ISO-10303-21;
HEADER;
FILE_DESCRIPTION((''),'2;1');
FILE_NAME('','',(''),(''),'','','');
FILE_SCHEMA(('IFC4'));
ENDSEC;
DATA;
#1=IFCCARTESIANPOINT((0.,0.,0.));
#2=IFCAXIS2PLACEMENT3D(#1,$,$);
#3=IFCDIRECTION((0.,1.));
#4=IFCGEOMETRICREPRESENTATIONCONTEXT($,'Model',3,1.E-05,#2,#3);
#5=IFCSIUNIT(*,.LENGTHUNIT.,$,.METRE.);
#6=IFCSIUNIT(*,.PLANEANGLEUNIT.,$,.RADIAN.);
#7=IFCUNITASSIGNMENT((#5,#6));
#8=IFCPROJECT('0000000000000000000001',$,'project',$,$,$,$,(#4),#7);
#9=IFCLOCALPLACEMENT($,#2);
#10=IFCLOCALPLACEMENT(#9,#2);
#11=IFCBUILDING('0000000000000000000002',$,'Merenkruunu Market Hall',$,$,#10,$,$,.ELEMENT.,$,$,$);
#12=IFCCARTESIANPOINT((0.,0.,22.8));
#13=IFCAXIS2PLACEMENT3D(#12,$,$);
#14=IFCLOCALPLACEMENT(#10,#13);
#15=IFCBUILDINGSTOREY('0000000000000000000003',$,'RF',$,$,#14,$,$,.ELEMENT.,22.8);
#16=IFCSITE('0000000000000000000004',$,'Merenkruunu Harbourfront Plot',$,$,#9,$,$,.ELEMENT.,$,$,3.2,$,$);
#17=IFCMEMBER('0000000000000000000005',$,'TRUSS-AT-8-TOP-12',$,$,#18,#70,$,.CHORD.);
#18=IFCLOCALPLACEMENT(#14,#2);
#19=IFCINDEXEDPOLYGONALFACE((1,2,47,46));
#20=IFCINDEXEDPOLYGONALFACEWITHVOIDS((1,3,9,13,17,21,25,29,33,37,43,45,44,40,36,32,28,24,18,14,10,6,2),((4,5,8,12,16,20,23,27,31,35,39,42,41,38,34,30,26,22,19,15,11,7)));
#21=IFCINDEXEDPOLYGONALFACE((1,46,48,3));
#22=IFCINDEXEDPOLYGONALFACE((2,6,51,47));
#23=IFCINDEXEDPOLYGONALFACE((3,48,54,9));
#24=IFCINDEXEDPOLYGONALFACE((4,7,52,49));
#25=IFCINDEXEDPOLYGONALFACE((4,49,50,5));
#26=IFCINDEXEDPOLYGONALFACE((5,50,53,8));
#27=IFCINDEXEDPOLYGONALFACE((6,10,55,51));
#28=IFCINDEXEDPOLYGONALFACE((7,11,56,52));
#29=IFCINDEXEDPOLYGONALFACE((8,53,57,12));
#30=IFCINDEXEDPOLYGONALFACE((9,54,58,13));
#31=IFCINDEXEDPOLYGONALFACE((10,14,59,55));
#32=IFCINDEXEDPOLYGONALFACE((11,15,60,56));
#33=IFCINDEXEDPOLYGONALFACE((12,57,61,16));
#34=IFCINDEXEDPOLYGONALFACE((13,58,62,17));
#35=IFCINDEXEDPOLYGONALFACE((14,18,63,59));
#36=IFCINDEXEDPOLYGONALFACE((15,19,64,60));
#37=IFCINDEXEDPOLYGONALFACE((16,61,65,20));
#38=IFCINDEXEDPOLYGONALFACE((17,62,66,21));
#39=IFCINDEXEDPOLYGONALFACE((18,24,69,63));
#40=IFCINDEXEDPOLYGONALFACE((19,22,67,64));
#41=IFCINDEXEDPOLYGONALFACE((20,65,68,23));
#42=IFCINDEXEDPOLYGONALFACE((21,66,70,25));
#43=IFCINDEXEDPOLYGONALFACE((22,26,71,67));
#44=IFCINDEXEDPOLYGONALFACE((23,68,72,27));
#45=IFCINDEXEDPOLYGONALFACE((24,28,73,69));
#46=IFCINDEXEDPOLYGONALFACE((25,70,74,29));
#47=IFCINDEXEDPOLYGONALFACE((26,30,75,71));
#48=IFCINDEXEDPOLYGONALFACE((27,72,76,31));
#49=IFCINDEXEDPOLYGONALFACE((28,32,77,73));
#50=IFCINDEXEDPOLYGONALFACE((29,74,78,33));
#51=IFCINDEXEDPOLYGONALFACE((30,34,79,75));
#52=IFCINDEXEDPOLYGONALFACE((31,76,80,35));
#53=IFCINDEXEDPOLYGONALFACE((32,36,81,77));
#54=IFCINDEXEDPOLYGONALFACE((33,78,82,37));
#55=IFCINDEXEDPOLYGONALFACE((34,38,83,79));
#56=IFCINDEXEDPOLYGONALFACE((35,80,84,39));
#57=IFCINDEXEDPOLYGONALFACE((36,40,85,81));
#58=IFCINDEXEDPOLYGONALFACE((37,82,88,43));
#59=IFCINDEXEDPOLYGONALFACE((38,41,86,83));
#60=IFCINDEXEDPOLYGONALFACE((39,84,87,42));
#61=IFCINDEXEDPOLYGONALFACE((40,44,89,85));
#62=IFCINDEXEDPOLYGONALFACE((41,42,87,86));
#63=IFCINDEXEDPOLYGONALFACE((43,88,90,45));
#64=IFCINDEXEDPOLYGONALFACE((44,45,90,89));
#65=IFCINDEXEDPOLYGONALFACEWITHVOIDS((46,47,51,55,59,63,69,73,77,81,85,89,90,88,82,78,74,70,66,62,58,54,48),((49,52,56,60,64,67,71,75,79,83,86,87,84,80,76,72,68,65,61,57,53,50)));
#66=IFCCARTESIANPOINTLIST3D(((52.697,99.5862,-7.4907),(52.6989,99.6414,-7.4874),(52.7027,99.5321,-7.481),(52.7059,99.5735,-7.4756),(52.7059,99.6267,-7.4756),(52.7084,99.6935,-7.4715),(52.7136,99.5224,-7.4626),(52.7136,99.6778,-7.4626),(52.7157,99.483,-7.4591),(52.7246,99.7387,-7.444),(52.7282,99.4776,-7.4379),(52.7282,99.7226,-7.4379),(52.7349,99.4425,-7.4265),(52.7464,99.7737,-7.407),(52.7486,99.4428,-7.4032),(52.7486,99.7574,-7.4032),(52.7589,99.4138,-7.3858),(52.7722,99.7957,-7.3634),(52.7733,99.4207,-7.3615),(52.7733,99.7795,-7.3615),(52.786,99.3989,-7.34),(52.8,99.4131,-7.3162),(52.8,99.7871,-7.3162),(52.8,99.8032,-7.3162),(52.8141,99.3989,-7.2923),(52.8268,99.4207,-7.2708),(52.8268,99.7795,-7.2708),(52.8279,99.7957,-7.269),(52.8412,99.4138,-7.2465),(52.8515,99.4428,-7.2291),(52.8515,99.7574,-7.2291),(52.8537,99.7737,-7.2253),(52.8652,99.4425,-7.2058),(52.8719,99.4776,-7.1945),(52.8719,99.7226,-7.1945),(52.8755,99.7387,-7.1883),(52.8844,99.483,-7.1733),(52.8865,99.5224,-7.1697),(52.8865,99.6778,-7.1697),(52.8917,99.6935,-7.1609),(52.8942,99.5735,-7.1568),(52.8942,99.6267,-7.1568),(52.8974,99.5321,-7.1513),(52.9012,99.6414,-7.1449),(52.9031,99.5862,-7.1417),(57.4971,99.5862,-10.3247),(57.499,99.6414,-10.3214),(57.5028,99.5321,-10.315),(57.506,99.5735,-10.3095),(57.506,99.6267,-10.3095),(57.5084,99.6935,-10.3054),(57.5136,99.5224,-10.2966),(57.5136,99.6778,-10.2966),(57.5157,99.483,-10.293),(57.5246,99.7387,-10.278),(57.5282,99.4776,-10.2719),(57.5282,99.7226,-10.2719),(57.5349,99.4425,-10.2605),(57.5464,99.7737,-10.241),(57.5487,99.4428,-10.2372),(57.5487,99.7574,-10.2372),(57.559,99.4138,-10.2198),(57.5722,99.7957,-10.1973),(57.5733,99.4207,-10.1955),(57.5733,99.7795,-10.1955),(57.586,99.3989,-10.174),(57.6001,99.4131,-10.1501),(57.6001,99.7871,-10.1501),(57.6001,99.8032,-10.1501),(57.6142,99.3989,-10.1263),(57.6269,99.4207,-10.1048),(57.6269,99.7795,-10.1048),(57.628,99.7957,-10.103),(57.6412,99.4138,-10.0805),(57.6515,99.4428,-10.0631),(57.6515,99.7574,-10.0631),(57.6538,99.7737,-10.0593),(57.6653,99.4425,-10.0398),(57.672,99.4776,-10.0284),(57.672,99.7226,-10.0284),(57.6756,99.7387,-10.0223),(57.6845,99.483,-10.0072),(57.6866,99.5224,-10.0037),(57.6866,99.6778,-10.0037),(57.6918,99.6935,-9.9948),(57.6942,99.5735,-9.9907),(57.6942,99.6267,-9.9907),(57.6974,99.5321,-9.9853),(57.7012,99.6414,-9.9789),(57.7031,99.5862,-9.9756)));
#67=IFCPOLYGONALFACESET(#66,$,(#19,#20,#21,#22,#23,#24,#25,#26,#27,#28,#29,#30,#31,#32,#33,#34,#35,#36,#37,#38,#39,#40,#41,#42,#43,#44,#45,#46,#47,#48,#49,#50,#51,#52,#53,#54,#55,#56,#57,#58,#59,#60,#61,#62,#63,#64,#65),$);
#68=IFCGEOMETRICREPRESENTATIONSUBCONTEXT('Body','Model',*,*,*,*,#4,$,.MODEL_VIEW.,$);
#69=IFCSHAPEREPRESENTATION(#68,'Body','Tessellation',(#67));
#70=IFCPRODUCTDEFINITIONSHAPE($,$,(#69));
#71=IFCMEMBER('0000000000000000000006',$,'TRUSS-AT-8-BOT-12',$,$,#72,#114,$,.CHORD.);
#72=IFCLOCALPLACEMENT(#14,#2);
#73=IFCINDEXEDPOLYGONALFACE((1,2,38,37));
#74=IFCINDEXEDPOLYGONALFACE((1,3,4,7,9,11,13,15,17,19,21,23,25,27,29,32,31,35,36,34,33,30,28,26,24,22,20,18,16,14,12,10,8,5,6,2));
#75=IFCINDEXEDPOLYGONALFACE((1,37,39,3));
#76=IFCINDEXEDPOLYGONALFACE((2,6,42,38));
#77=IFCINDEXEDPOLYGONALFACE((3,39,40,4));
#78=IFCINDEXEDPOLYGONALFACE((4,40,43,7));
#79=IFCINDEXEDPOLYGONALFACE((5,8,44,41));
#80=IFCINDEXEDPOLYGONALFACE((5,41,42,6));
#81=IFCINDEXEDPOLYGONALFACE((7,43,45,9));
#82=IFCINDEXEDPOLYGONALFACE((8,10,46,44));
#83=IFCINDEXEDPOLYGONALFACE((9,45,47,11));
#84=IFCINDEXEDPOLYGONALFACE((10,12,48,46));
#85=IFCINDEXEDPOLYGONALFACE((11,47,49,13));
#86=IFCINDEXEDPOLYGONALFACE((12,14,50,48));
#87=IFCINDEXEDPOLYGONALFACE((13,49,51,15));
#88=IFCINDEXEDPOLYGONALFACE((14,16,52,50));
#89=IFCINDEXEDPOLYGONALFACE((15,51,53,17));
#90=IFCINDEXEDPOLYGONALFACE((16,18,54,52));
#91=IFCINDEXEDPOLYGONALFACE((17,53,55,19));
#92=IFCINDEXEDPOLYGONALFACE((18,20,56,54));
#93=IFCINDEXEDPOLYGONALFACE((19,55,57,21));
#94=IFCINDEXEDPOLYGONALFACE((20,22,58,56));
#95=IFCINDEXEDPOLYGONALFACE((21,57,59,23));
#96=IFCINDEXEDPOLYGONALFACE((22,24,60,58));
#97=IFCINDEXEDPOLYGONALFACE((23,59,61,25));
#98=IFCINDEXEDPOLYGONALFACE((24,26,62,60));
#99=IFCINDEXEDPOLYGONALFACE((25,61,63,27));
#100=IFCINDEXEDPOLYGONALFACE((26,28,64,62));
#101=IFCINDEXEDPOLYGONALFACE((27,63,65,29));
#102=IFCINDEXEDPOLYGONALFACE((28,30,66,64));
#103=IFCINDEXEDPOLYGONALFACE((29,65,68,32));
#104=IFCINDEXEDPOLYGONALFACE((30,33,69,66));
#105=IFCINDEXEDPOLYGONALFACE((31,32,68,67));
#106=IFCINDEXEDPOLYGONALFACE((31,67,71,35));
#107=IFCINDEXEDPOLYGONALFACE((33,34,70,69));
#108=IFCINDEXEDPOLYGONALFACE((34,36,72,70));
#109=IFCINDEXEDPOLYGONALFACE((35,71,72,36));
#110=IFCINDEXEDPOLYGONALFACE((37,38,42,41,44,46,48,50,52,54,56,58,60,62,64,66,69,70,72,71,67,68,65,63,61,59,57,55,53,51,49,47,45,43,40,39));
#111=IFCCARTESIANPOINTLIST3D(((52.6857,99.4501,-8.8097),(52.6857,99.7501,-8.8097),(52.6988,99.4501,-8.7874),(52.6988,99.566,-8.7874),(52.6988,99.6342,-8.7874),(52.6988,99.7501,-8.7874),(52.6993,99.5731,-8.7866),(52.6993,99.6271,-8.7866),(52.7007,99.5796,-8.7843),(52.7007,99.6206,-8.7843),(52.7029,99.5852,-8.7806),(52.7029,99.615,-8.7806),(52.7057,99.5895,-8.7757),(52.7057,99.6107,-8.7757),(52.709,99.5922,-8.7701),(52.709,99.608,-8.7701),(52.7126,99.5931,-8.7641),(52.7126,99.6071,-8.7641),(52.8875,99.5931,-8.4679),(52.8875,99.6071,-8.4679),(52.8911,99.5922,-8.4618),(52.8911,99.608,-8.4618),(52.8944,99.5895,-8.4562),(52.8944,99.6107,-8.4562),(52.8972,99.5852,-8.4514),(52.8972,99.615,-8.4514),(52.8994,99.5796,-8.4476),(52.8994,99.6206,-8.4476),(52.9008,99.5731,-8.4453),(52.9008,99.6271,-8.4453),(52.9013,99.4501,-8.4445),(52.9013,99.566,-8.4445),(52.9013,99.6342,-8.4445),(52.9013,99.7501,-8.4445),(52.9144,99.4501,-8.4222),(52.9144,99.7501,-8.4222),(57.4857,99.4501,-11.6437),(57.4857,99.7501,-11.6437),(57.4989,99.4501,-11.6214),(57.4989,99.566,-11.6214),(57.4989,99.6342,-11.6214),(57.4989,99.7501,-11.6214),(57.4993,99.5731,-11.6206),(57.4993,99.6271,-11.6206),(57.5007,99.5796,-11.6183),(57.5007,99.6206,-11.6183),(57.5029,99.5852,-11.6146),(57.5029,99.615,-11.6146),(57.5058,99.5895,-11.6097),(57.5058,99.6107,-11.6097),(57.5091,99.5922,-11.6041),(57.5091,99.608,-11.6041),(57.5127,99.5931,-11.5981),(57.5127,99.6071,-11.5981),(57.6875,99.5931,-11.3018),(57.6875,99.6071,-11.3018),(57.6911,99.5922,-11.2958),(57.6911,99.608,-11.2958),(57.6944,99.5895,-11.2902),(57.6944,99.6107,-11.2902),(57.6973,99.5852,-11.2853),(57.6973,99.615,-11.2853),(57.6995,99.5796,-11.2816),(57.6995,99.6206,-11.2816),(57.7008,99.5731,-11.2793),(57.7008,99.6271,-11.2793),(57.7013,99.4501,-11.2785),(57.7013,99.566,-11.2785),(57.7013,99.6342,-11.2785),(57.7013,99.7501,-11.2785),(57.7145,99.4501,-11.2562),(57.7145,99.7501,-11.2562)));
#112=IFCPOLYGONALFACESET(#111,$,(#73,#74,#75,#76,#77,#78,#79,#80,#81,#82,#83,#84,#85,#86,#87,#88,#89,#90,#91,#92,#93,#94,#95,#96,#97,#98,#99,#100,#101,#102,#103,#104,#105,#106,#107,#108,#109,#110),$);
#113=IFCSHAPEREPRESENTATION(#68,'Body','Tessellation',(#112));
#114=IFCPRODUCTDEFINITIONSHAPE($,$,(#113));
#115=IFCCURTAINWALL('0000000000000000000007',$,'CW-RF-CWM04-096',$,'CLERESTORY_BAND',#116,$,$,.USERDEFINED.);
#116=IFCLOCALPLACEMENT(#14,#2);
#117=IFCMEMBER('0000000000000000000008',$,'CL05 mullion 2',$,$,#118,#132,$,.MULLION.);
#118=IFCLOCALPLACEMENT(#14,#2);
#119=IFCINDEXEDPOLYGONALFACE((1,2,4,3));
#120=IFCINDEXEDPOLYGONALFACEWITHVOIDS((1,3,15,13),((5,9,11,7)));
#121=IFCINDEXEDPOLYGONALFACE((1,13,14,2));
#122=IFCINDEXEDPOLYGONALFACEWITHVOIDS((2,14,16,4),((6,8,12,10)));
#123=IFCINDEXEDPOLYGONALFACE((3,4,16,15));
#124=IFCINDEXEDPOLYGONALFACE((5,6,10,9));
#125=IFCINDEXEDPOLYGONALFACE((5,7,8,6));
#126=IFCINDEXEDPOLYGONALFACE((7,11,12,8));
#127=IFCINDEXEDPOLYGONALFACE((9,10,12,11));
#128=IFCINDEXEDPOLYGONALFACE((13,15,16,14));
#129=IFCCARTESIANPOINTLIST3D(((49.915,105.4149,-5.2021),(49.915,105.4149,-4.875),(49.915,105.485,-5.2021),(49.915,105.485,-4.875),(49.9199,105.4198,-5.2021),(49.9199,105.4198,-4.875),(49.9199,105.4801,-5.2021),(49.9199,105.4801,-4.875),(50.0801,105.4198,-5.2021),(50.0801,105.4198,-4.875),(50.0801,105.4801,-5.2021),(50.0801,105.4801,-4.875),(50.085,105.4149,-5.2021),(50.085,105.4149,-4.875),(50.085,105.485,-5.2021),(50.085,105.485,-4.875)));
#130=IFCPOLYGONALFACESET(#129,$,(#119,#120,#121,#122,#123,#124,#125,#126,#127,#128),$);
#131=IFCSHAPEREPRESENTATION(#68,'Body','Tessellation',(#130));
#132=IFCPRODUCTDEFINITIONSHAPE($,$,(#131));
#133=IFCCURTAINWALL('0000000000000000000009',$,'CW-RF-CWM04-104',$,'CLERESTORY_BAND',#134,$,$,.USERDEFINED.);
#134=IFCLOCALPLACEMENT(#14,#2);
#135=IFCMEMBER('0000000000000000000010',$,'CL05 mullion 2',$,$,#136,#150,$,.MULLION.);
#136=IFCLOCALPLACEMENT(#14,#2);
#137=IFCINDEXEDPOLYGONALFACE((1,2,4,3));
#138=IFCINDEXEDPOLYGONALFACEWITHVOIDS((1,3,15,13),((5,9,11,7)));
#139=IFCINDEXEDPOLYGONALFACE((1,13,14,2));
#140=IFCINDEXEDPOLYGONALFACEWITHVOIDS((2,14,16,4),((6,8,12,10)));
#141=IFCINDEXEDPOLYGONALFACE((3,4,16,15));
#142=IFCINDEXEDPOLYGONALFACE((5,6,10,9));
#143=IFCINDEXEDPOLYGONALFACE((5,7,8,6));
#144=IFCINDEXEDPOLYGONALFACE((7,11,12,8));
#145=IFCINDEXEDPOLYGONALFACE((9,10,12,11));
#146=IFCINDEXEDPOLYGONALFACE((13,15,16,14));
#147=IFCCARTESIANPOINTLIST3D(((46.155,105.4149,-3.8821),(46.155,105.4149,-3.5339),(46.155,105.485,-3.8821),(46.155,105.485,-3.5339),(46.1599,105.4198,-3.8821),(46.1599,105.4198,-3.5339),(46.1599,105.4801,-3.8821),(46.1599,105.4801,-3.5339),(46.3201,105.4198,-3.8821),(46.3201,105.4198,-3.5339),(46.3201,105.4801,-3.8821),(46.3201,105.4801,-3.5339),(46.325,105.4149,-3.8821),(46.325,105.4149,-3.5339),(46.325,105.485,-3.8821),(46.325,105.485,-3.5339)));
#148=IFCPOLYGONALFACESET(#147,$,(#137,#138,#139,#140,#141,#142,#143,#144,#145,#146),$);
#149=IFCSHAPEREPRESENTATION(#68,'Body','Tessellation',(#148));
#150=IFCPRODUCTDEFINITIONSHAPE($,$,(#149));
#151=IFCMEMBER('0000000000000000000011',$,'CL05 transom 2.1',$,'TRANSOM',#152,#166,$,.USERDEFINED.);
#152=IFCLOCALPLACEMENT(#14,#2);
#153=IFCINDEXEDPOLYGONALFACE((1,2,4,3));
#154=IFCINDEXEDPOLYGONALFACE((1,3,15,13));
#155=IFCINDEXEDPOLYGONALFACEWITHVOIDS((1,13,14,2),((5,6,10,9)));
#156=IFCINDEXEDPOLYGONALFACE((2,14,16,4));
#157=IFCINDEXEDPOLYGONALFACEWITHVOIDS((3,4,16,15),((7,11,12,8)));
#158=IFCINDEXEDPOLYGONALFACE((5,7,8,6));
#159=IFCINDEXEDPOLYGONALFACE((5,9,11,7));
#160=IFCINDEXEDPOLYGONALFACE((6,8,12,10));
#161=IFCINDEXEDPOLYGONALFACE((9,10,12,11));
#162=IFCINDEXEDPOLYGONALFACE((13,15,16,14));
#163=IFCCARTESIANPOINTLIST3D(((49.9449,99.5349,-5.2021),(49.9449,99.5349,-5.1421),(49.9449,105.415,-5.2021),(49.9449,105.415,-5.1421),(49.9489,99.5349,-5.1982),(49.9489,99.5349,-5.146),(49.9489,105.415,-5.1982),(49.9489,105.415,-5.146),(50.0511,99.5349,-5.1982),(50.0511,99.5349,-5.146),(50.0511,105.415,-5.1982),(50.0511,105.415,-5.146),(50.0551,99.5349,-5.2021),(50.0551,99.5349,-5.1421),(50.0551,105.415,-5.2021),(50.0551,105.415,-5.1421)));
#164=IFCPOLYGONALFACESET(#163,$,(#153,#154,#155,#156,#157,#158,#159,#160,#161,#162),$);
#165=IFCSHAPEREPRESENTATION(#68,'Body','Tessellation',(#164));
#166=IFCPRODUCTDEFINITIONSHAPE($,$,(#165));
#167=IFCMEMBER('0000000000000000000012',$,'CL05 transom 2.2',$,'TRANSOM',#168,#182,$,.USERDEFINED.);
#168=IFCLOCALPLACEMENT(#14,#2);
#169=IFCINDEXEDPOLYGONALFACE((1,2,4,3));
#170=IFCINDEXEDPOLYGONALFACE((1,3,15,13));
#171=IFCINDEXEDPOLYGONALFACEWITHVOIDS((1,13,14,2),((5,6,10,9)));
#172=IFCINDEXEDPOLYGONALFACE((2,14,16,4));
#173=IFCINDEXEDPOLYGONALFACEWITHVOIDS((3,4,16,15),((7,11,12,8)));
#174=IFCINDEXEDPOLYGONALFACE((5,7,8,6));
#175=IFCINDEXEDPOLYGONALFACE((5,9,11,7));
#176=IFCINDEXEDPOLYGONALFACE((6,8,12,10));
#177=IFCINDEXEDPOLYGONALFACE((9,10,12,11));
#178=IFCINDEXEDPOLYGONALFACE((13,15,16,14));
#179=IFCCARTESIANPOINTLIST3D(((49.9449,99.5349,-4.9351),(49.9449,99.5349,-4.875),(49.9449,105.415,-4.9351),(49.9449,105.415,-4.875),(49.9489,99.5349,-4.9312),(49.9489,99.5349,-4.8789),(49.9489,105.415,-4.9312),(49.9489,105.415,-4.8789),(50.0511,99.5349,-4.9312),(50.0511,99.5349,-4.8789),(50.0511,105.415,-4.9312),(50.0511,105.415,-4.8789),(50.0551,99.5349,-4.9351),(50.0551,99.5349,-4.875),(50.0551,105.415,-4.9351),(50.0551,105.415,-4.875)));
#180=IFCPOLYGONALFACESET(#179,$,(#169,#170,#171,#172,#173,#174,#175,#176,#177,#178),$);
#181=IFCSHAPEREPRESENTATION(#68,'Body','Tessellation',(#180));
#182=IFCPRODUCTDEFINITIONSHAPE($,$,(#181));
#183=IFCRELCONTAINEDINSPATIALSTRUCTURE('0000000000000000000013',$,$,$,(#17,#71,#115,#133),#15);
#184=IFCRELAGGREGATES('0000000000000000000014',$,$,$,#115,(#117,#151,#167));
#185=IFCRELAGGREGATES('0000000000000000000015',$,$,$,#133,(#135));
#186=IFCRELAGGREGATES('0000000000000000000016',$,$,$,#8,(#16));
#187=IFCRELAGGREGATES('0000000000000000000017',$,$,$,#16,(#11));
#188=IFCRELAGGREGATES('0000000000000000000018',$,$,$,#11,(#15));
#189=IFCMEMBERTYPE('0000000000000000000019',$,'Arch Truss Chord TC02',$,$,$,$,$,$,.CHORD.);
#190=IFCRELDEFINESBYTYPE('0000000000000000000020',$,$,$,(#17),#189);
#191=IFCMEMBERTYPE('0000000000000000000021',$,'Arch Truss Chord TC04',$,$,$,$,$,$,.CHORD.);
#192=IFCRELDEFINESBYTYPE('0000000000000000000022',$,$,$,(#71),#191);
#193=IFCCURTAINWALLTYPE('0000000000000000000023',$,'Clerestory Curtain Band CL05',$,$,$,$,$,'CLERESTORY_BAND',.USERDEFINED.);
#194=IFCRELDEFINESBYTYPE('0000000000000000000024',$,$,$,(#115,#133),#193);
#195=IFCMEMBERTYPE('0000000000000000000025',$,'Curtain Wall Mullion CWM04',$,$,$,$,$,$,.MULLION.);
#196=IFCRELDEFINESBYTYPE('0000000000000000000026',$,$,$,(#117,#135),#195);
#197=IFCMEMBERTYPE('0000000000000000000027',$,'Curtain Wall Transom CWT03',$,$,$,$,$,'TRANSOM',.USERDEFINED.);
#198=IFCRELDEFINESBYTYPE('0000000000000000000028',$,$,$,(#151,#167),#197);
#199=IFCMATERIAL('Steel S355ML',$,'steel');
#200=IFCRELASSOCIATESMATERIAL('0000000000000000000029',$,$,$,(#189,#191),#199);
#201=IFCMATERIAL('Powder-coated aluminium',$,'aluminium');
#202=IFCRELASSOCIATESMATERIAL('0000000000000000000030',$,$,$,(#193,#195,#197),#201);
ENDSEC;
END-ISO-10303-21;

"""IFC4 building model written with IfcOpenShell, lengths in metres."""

from ifc_helpers import new_model, si_unit, direction, frame, origin, origin_2d, place, context, subcontext, project, spatial, hollow_rectangle, hollow_circle, i_section, extrude, material, material_profile, profile_set, type_object, element, aggregate, save


model = new_model("IFC4")

# Units and contexts
model_context = context("Model", 3, precision=1e-05, world=origin(), true_north=direction((0.0, 1.0)))
body_context = subcontext(model_context, "Body", "Model", "MODEL_VIEW")
ifc_project = project(units=[si_unit("LENGTHUNIT", "METRE"), si_unit("PLANEANGLEUNIT", "RADIAN")], contexts=[model_context])

# Site, building, storey
site_placement = place(None, origin())
site = spatial("IfcSite", under=ifc_project, at=site_placement, Name="Merenkruunu Harbourfront Plot", CompositionType="ELEMENT", RefElevation=3.2)
building_placement = place(site_placement, origin())
building = spatial("IfcBuilding", under=site, at=building_placement, Name="Merenkruunu Market Hall", CompositionType="ELEMENT")
storey_placement = place(building_placement, frame((0.0, 0.0, 22.8)))
storey = spatial("IfcBuildingStorey", under=building, at=storey_placement, Name="RF", CompositionType="ELEMENT", Elevation=22.8)

# Members
ifc_material_1 = material(Name="Steel S355ML", Category="steel")
ifc_material_profile_1 = material_profile(ifc_material_1, hollow_circle(Radius=0.2031, WallThickness=0.0161, at=origin_2d()), Name="CHS 406.4x16")
ifc_profile_set_1 = profile_set([ifc_material_profile_1], Name="Steel S355ML")
member_type_1 = type_object("IfcMemberType", Name="Arch Truss Chord TC02", PredefinedType="CHORD", material=ifc_profile_set_1)
member_1_placement = place(storey_placement, frame((52.8, 99.6001, -7.3162), z_axis=(0.861116, 0.0, -0.508409), x_axis=(0.0, 1.0, 0.0)))
element("IfcMember", 1, at=member_1_placement, inside=storey, type_object=member_type_1, Name="TRUSS-AT-8-TOP-12", PredefinedType="CHORD", context=body_context, shape_type="SweptSolid", body=[
    extrude(hollow_circle(Radius=0.2031, WallThickness=0.0161, at=origin_2d()), origin(), (0.0, 0.0, 1.0), 5.5742),
])
ifc_material_profile_2 = material_profile(ifc_material_1, i_section(OverallWidth=0.3, OverallDepth=0.45, WebThickness=0.0139, FlangeThickness=0.0259, FilletRadius=0.0271, at=origin_2d()), Name="HEB 450")
ifc_profile_set_2 = profile_set([ifc_material_profile_2], Name="Steel S355ML")
member_type_2 = type_object("IfcMemberType", Name="Arch Truss Chord TC04", PredefinedType="CHORD", material=ifc_profile_set_2)
member_2_placement = place(storey_placement, frame((52.8, 99.6001, -8.616), z_axis=(0.861116, 0.0, -0.508409), x_axis=(0.0, 1.0, 0.0)))
element("IfcMember", 2, at=member_2_placement, inside=storey, type_object=member_type_2, Name="TRUSS-AT-8-BOT-12", PredefinedType="CHORD", context=body_context, shape_type="SweptSolid", body=[
    extrude(i_section(OverallWidth=0.3, OverallDepth=0.45, WebThickness=0.0139, FlangeThickness=0.0259, FilletRadius=0.0271, at=origin_2d()), origin(), (0.0, 0.0, 1.0), 5.5742),
])

# Curtain walls, members
ifc_material_2 = material(Name="Powder-coated aluminium", Category="aluminium")
curtain_wall_type = type_object("IfcCurtainWallType", Name="Clerestory Curtain Band CL05", ElementType="CLERESTORY_BAND", PredefinedType="USERDEFINED", material=ifc_material_2)
curtain_wall_1_placement = place(storey_placement, origin())
curtain_wall_1 = element("IfcCurtainWall", 3, at=curtain_wall_1_placement, inside=storey, type_object=curtain_wall_type, Name="CW-RF-CWM04-096", ObjectType="CLERESTORY_BAND", PredefinedType="USERDEFINED")
ifc_material_profile_3 = material_profile(ifc_material_2, hollow_rectangle(XDim=0.0701, YDim=0.1699, WallThickness=0.0049, at=origin_2d()), Name="ALU 70x170x5")
ifc_profile_set_3 = profile_set([ifc_material_profile_3], Name="Powder-coated aluminium")
member_type_3 = type_object("IfcMemberType", Name="Curtain Wall Mullion CWM04", PredefinedType="MULLION", material=ifc_profile_set_3)
member_3_placement = place(storey_placement, frame((50.0, 105.45, -5.2021), z_axis=(0.0, 0.0, 1.0), x_axis=(0.0, -1.0, 0.0)))
member_3 = element("IfcMember", 4, at=member_3_placement, type_object=member_type_3, Name="CL05 mullion 2", PredefinedType="MULLION", context=body_context, shape_type="SweptSolid", body=[
    extrude(hollow_rectangle(XDim=0.0701, YDim=0.1699, WallThickness=0.0049, at=origin_2d()), origin(), (0.0, 0.0, 1.0), 0.3271),
])
curtain_wall_2_placement = place(storey_placement, origin())
curtain_wall_2 = element("IfcCurtainWall", 5, at=curtain_wall_2_placement, inside=storey, type_object=curtain_wall_type, Name="CW-RF-CWM04-104", ObjectType="CLERESTORY_BAND", PredefinedType="USERDEFINED")
member_4_placement = place(storey_placement, frame((46.24, 105.45, -3.8821), z_axis=(0.0, 0.0, 1.0), x_axis=(0.0, -1.0, 0.0)))
member_4 = element("IfcMember", 6, at=member_4_placement, type_object=member_type_3, Name="CL05 mullion 2", PredefinedType="MULLION", context=body_context, shape_type="SweptSolid", body=[
    extrude(hollow_rectangle(XDim=0.0701, YDim=0.1699, WallThickness=0.0049, at=origin_2d()), origin(), (0.0, 0.0, 1.0), 0.3481),
])

# Members
ifc_material_profile_4 = material_profile(ifc_material_2, hollow_rectangle(XDim=0.0601, YDim=0.1101, WallThickness=0.0039, at=origin_2d()), Name="ALU 60x110x4")
ifc_profile_set_4 = profile_set([ifc_material_profile_4], Name="Powder-coated aluminium")
member_type_4 = type_object("IfcMemberType", Name="Curtain Wall Transom CWT03", ElementType="TRANSOM", PredefinedType="USERDEFINED", material=ifc_profile_set_4)
member_5_placement = place(storey_placement, frame((50.0, 105.415, -5.1721), z_axis=(0.0, -1.0, 0.0), x_axis=(0.0, 0.0, 1.0)))
member_5 = element("IfcMember", 7, at=member_5_placement, type_object=member_type_4, Name="CL05 transom 2.1", ObjectType="TRANSOM", PredefinedType="USERDEFINED", context=body_context, shape_type="SweptSolid", body=[
    extrude(hollow_rectangle(XDim=0.0601, YDim=0.1101, WallThickness=0.0039, at=origin_2d()), origin(), (0.0, 0.0, 1.0), 5.8801),
])
member_6_placement = place(storey_placement, frame((50.0, 105.415, -4.905), z_axis=(0.0, -1.0, 0.0), x_axis=(0.0, 0.0, 1.0)))
member_6 = element("IfcMember", 8, at=member_6_placement, type_object=member_type_4, Name="CL05 transom 2.2", ObjectType="TRANSOM", PredefinedType="USERDEFINED", context=body_context, shape_type="SweptSolid", body=[
    extrude(hollow_rectangle(XDim=0.0601, YDim=0.1101, WallThickness=0.0039, at=origin_2d()), origin(), (0.0, 0.0, 1.0), 5.8801),
])

aggregate(curtain_wall_1, [member_3, member_5, member_6])
aggregate(curtain_wall_2, [member_4])

save(model, "model.ifc")
